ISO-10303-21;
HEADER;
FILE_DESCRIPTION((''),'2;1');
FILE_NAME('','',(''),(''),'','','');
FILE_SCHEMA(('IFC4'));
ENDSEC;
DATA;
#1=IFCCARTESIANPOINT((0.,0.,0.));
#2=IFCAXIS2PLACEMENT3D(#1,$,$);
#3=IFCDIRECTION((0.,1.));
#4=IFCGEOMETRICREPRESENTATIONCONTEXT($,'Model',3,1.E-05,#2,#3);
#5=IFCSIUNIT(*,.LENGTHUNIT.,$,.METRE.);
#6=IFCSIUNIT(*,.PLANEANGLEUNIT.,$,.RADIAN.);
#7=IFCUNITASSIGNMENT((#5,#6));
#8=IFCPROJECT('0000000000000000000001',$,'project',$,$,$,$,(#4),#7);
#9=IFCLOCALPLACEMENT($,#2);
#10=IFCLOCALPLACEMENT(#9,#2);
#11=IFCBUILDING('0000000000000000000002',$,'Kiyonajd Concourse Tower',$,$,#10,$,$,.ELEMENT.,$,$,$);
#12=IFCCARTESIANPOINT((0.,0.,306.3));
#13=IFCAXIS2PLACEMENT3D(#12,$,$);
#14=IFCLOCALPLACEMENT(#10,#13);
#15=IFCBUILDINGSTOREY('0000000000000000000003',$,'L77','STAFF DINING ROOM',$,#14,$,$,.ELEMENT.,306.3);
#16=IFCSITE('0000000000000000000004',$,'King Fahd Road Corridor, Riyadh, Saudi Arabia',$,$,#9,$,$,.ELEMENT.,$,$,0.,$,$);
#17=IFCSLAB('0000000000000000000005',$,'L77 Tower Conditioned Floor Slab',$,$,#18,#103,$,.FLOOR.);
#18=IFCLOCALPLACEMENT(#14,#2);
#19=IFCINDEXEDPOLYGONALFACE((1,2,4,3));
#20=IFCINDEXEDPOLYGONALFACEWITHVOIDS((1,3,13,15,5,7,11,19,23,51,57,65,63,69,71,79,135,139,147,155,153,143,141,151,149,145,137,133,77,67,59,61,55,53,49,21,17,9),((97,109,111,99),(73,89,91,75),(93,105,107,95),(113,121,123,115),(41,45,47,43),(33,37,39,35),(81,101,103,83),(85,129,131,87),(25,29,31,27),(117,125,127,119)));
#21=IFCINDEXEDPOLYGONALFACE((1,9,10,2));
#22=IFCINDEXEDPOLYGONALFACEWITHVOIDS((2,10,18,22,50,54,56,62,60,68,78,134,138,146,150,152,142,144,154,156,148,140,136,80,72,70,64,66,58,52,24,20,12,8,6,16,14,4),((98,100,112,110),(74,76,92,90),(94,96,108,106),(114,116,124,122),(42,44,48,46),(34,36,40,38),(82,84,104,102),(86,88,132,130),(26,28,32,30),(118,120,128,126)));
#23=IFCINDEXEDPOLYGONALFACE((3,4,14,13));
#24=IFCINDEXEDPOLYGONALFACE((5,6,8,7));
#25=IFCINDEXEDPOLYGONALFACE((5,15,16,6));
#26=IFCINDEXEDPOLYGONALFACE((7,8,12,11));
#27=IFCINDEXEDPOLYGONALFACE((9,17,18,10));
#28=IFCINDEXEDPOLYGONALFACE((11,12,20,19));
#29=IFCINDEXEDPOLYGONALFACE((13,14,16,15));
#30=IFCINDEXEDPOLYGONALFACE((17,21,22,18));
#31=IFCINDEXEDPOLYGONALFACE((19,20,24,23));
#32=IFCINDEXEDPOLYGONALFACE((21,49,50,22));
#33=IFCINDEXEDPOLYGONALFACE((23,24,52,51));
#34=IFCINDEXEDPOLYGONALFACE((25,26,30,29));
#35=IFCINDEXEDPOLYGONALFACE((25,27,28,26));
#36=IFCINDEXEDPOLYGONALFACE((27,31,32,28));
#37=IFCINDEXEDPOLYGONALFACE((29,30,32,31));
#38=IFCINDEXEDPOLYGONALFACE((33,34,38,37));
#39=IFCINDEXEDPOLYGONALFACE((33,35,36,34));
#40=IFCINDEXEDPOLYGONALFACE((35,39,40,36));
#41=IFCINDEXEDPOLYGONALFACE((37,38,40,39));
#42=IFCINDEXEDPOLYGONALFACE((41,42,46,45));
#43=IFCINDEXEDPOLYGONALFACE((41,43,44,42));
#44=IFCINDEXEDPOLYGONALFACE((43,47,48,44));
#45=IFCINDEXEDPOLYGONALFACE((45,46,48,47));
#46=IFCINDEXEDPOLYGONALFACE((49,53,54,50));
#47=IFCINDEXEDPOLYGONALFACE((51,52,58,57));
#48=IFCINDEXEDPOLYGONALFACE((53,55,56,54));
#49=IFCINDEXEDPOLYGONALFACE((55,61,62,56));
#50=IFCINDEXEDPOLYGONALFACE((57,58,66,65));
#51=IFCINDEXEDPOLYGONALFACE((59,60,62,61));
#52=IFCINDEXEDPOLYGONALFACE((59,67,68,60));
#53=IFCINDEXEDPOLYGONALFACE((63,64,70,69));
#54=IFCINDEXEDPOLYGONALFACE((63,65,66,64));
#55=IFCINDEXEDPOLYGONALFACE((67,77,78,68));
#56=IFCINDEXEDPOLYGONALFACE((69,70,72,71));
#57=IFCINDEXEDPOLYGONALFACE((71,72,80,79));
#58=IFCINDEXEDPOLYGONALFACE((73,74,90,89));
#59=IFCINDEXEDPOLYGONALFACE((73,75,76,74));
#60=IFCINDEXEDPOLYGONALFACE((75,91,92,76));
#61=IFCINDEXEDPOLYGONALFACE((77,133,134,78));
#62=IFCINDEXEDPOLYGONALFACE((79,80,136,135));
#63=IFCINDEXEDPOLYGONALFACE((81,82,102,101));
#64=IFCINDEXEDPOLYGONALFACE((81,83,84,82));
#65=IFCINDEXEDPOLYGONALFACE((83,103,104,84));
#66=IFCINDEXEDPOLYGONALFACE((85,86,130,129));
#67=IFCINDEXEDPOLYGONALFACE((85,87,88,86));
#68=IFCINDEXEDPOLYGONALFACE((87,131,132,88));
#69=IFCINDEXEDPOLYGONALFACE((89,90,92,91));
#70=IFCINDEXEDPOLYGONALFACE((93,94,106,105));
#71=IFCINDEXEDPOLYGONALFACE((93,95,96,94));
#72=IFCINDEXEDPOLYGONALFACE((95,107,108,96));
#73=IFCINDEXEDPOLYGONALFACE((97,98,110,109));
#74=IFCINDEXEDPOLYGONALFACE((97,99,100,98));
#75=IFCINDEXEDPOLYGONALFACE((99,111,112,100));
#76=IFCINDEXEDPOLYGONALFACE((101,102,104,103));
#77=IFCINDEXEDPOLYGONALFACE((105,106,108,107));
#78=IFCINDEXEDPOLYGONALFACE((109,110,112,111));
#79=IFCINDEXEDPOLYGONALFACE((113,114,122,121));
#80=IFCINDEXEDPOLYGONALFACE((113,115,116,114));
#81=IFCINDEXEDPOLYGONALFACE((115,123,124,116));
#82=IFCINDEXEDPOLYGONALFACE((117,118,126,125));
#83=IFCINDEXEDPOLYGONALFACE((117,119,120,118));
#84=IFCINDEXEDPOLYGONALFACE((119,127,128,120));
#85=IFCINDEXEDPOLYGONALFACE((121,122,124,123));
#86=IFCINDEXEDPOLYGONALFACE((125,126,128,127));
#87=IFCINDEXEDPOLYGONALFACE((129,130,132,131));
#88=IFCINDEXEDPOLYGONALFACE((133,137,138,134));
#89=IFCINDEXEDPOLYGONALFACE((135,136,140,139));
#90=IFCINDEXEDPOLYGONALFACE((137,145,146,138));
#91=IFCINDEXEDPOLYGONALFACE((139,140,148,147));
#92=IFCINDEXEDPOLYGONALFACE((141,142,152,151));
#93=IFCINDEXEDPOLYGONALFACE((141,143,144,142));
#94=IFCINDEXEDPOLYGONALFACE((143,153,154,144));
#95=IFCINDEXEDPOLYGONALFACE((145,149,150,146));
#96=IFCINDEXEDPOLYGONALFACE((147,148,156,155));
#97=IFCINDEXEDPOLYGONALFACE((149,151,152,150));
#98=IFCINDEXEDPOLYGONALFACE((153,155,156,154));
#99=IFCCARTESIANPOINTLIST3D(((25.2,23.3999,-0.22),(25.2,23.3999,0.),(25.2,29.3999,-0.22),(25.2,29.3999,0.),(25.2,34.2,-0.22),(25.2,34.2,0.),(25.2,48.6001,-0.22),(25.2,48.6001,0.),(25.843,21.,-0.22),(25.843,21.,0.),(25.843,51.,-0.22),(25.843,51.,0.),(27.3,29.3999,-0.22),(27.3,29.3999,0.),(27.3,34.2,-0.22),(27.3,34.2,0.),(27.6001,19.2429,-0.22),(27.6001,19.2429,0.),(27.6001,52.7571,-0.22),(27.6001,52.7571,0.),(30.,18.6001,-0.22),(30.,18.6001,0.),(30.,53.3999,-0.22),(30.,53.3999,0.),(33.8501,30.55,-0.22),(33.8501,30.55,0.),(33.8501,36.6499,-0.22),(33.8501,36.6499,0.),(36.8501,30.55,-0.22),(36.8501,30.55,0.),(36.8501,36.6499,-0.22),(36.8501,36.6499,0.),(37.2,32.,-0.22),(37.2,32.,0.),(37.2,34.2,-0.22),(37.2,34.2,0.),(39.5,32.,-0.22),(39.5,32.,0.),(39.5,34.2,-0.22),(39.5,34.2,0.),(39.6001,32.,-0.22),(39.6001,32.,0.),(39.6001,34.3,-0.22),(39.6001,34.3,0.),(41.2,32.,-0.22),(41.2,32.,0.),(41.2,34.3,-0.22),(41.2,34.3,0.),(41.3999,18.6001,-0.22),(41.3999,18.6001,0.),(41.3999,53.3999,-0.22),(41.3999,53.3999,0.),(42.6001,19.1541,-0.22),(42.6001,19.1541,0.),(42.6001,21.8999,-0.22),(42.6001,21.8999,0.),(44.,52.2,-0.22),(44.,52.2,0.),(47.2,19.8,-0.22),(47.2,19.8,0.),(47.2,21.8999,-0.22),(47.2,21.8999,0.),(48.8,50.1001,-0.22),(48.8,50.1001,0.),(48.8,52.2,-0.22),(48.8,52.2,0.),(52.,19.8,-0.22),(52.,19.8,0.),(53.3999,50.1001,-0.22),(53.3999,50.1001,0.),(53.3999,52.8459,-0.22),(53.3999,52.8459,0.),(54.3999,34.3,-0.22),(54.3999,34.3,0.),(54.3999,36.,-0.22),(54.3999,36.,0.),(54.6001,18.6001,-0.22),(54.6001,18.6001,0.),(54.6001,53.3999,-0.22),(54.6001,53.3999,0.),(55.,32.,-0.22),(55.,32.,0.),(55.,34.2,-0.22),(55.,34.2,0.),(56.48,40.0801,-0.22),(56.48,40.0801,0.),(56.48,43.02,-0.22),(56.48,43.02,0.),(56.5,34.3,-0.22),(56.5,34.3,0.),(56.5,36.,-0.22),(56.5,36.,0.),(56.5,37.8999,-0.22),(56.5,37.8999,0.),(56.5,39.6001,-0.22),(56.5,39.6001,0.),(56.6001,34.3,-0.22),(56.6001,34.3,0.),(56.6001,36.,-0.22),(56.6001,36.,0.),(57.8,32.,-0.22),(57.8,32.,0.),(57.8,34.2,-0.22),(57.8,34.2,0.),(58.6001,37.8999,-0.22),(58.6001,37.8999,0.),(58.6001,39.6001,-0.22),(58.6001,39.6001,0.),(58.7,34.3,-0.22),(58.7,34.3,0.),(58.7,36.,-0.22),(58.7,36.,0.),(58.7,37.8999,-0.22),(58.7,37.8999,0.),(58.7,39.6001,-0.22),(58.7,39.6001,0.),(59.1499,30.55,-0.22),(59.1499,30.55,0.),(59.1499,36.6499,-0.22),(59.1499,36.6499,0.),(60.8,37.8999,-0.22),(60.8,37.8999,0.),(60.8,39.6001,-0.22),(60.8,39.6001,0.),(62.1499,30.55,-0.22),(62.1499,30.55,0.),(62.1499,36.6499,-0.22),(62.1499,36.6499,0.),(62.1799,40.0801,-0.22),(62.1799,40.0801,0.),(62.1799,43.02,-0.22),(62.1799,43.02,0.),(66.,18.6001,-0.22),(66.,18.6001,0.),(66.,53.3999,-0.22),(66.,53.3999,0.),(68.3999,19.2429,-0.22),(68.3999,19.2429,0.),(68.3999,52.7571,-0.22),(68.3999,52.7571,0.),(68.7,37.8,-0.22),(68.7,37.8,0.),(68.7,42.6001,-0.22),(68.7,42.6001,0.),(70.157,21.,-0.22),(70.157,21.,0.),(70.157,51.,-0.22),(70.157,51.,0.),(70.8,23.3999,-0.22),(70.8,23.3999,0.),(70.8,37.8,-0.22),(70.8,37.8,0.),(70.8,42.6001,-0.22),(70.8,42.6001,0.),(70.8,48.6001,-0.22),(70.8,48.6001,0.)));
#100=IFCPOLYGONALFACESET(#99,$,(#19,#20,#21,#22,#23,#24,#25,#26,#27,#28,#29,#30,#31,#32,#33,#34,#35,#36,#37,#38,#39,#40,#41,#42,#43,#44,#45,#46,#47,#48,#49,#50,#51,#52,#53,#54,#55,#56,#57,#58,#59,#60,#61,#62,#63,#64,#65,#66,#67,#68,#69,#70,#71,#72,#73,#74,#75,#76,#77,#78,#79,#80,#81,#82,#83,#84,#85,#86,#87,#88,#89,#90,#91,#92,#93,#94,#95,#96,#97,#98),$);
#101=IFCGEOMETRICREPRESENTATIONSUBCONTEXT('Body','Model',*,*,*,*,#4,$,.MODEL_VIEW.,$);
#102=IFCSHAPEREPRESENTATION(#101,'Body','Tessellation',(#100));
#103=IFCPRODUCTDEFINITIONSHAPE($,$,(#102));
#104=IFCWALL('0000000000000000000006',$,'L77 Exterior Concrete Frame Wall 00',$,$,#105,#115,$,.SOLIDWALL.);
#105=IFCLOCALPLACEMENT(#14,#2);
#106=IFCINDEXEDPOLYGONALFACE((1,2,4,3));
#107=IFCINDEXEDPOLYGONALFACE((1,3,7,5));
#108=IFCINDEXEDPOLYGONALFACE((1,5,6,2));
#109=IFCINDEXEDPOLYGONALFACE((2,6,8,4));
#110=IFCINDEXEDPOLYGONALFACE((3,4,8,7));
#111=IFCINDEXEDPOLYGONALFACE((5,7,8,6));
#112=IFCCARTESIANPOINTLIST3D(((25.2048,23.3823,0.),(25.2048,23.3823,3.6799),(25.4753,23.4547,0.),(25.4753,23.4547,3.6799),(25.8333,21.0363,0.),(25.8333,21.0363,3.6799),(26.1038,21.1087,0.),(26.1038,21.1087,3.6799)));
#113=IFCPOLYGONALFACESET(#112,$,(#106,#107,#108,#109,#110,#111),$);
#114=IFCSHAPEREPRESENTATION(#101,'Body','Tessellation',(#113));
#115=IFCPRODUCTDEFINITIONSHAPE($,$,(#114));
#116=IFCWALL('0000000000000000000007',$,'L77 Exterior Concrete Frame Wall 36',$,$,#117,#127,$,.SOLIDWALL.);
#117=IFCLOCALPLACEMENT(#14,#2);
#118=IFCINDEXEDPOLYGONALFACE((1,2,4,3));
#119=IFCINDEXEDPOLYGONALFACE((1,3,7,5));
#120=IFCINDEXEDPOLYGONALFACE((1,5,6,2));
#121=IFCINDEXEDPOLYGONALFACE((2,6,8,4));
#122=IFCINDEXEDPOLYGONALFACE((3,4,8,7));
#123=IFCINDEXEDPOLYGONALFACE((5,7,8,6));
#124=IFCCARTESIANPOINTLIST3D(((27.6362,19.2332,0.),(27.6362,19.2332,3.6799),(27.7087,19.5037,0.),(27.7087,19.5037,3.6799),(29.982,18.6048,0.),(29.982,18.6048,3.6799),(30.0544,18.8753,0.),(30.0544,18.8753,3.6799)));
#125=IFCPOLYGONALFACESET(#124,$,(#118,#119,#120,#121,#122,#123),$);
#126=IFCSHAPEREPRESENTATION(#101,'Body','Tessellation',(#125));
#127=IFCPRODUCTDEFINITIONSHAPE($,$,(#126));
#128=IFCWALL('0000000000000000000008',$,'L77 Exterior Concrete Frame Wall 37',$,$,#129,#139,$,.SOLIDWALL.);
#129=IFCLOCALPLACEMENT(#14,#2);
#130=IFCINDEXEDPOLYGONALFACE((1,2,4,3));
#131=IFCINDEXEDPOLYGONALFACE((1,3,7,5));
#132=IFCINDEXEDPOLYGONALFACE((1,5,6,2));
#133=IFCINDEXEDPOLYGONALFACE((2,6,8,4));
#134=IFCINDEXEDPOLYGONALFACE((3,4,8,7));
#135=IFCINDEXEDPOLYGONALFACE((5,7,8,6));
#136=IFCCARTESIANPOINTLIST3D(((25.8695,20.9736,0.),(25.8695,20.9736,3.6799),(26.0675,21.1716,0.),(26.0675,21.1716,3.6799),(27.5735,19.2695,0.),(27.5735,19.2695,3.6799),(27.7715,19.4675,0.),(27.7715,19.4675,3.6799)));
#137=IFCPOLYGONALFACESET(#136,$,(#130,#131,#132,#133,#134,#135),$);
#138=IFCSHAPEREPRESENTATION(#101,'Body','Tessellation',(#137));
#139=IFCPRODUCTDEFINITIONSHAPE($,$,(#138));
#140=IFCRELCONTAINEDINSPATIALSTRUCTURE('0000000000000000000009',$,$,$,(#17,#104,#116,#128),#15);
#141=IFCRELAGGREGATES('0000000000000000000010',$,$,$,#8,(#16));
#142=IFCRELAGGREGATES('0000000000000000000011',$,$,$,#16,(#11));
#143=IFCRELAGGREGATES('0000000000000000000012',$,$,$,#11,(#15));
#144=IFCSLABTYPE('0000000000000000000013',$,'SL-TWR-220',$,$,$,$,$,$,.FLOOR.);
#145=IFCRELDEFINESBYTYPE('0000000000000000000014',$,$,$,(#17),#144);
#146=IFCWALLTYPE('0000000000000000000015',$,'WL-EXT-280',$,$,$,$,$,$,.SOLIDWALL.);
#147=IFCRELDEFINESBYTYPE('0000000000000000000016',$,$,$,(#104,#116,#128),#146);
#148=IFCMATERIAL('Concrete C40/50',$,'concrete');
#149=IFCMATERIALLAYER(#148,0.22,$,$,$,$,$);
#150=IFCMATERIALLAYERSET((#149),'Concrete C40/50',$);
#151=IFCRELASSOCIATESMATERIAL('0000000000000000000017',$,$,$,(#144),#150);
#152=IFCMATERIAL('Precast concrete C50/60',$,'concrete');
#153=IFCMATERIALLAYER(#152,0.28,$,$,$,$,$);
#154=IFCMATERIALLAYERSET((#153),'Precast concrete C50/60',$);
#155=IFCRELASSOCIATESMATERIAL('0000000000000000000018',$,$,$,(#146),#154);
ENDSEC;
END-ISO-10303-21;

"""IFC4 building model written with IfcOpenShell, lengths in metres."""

from ifc_helpers import new_model, si_unit, direction, frame, frame_2d, origin, place, context, subcontext, project, spatial, polyline, rectangle, outline, extrude, material, layer, layer_set, type_object, element, save


model = new_model("IFC4")

# Units and contexts
model_context = context("Model", 3, precision=1e-05, world=origin(), true_north=direction((0.0, 1.0)))
body_context = subcontext(model_context, "Body", "Model", "MODEL_VIEW")
ifc_project = project(units=[si_unit("LENGTHUNIT", "METRE"), si_unit("PLANEANGLEUNIT", "RADIAN")], contexts=[model_context])

# Site, building, storey
site_placement = place(None, origin())
site = spatial("IfcSite", under=ifc_project, at=site_placement, Name="King Fahd Road Corridor, Riyadh, Saudi Arabia", CompositionType="ELEMENT", RefElevation=0.0)
building_placement = place(site_placement, origin())
building = spatial("IfcBuilding", under=site, at=building_placement, Name="Kiyonajd Concourse Tower", CompositionType="ELEMENT")
storey_placement = place(building_placement, frame((0.0, 0.0, 306.3)))
storey = spatial("IfcBuildingStorey", under=building, at=storey_placement, Name="L77", Description="STAFF DINING ROOM", CompositionType="ELEMENT", Elevation=306.3)

# Shared definitions
ifc_material_1 = material(Name="Concrete C40/50", Category="concrete")

# Slab
ifc_material_2 = material(Name="Precast concrete C50/60", Category="concrete")
ifc_layer_1 = layer(ifc_material_1, 0.22)
ifc_layer_set_1 = layer_set([ifc_layer_1], Name="Concrete C40/50")
slab_type_1 = type_object("IfcSlabType", Name="SL-TWR-220", PredefinedType="FLOOR", material=ifc_layer_set_1)
slab_1_placement = place(storey_placement, frame((0.0, 0.0, -0.22)))
element("IfcSlab", 1, at=slab_1_placement, inside=storey, type_object=slab_type_1, Name="L77 Tower Conditioned Floor Slab", PredefinedType="FLOOR", context=body_context, shape_type="SweptSolid", body=[
    extrude(outline(polyline([(25.843, 21.0), (25.2, 23.3999), (25.2, 29.3999), (27.3, 29.3999), (27.3, 34.2), (25.2, 34.2), (25.2, 48.6001), (25.843, 51.0), (27.6001, 52.7571), (30.0, 53.3999), (41.3999, 53.3999), (44.0, 52.2), (48.8, 52.2), (48.8, 50.1001), (53.3999, 50.1001), (53.3999, 52.8459), (54.6001, 53.3999), (66.0, 53.3999), (68.3999, 52.7571), (70.157, 51.0), (70.8, 48.6001), (70.8, 42.6001), (68.7, 42.6001), (68.7, 37.8), (70.8, 37.8), (70.8, 23.3999), (70.157, 21.0), (68.3999, 19.2429), (66.0, 18.6001), (54.6001, 18.6001), (52.0, 19.8), (47.2, 19.8), (47.2, 21.8999), (42.6001, 21.8999), (42.6001, 19.1541), (41.3999, 18.6001), (30.0, 18.6001), (27.6001, 19.2429), (25.843, 21.0)]), holes=[polyline([(39.5, 32.0), (37.2, 32.0), (37.2, 34.2), (39.5, 34.2), (39.5, 32.0)]), polyline([(57.8, 32.0), (55.0, 32.0), (55.0, 34.2), (57.8, 34.2), (57.8, 32.0)]), polyline([(41.2, 32.0), (39.6001, 32.0), (39.6001, 34.3), (41.2, 34.3), (41.2, 32.0)]), polyline([(33.8501, 30.55), (33.8501, 36.6499), (36.8501, 36.6499), (36.8501, 30.55), (33.8501, 30.55)]), polyline([(59.1499, 30.55), (59.1499, 36.6499), (62.1499, 36.6499), (62.1499, 30.55), (59.1499, 30.55)]), polyline([(56.5, 34.3), (54.3999, 34.3), (54.3999, 36.0), (56.5, 36.0), (56.5, 34.3)]), polyline([(58.7, 34.3), (56.6001, 34.3), (56.6001, 36.0), (58.7, 36.0), (58.7, 34.3)]), polyline([(58.6001, 37.8999), (56.5, 37.8999), (56.5, 39.6001), (58.6001, 39.6001), (58.6001, 37.8999)]), polyline([(58.7, 37.8999), (58.7, 39.6001), (60.8, 39.6001), (60.8, 37.8999), (58.7, 37.8999)]), polyline([(56.48, 43.02), (62.1799, 43.02), (62.1799, 40.0801), (56.48, 40.0801), (56.48, 43.02)])]), origin(), (0.0, 0.0, 1.0), 0.22),
])

# Walls
ifc_layer_2 = layer(ifc_material_2, 0.28)
ifc_layer_set_2 = layer_set([ifc_layer_2], Name="Precast concrete C50/60")
wall_type = type_object("IfcWallType", Name="WL-EXT-280", PredefinedType="SOLIDWALL", material=ifc_layer_set_2)
wall_1_placement = place(storey_placement, frame((25.9685, 21.0725, 0.0), z_axis=(0.0, 0.0, 1.0), x_axis=(-0.258751, 0.965944, 0.0)))
element("IfcWall", 2, at=wall_1_placement, inside=storey, type_object=wall_type, Name="L77 Exterior Concrete Frame Wall 00", PredefinedType="SOLIDWALL", context=body_context, shape_type="SweptSolid", body=[
    extrude(rectangle(XDim=2.4287, YDim=0.28, at=frame_2d((1.2144, 0.0))), origin(), (0.0, 0.0, 1.0), 3.6799),
])
wall_2_placement = place(storey_placement, frame((30.0183, 18.74, 0.0), z_axis=(0.0, 0.0, 1.0), x_axis=(-0.965937, 0.258776, 0.0)))
element("IfcWall", 3, at=wall_2_placement, inside=storey, type_object=wall_type, Name="L77 Exterior Concrete Frame Wall 36", PredefinedType="SOLIDWALL", context=body_context, shape_type="SweptSolid", body=[
    extrude(rectangle(XDim=2.4285, YDim=0.28, at=frame_2d((1.2144, 0.0))), origin(), (0.0, 0.0, 1.0), 3.6799),
])
wall_3_placement = place(storey_placement, frame((27.6726, 19.3684, 0.0), z_axis=(0.0, 0.0, 1.0), x_axis=(-0.707107, 0.707107, 0.0)))
element("IfcWall", 4, at=wall_3_placement, inside=storey, type_object=wall_type, Name="L77 Exterior Concrete Frame Wall 37", PredefinedType="SOLIDWALL", context=body_context, shape_type="SweptSolid", body=[
    extrude(rectangle(XDim=2.4099, YDim=0.28, at=frame_2d((1.2051, 0.0))), origin(), (0.0, 0.0, 1.0), 3.6799),
])

save(model, "model.ifc")
